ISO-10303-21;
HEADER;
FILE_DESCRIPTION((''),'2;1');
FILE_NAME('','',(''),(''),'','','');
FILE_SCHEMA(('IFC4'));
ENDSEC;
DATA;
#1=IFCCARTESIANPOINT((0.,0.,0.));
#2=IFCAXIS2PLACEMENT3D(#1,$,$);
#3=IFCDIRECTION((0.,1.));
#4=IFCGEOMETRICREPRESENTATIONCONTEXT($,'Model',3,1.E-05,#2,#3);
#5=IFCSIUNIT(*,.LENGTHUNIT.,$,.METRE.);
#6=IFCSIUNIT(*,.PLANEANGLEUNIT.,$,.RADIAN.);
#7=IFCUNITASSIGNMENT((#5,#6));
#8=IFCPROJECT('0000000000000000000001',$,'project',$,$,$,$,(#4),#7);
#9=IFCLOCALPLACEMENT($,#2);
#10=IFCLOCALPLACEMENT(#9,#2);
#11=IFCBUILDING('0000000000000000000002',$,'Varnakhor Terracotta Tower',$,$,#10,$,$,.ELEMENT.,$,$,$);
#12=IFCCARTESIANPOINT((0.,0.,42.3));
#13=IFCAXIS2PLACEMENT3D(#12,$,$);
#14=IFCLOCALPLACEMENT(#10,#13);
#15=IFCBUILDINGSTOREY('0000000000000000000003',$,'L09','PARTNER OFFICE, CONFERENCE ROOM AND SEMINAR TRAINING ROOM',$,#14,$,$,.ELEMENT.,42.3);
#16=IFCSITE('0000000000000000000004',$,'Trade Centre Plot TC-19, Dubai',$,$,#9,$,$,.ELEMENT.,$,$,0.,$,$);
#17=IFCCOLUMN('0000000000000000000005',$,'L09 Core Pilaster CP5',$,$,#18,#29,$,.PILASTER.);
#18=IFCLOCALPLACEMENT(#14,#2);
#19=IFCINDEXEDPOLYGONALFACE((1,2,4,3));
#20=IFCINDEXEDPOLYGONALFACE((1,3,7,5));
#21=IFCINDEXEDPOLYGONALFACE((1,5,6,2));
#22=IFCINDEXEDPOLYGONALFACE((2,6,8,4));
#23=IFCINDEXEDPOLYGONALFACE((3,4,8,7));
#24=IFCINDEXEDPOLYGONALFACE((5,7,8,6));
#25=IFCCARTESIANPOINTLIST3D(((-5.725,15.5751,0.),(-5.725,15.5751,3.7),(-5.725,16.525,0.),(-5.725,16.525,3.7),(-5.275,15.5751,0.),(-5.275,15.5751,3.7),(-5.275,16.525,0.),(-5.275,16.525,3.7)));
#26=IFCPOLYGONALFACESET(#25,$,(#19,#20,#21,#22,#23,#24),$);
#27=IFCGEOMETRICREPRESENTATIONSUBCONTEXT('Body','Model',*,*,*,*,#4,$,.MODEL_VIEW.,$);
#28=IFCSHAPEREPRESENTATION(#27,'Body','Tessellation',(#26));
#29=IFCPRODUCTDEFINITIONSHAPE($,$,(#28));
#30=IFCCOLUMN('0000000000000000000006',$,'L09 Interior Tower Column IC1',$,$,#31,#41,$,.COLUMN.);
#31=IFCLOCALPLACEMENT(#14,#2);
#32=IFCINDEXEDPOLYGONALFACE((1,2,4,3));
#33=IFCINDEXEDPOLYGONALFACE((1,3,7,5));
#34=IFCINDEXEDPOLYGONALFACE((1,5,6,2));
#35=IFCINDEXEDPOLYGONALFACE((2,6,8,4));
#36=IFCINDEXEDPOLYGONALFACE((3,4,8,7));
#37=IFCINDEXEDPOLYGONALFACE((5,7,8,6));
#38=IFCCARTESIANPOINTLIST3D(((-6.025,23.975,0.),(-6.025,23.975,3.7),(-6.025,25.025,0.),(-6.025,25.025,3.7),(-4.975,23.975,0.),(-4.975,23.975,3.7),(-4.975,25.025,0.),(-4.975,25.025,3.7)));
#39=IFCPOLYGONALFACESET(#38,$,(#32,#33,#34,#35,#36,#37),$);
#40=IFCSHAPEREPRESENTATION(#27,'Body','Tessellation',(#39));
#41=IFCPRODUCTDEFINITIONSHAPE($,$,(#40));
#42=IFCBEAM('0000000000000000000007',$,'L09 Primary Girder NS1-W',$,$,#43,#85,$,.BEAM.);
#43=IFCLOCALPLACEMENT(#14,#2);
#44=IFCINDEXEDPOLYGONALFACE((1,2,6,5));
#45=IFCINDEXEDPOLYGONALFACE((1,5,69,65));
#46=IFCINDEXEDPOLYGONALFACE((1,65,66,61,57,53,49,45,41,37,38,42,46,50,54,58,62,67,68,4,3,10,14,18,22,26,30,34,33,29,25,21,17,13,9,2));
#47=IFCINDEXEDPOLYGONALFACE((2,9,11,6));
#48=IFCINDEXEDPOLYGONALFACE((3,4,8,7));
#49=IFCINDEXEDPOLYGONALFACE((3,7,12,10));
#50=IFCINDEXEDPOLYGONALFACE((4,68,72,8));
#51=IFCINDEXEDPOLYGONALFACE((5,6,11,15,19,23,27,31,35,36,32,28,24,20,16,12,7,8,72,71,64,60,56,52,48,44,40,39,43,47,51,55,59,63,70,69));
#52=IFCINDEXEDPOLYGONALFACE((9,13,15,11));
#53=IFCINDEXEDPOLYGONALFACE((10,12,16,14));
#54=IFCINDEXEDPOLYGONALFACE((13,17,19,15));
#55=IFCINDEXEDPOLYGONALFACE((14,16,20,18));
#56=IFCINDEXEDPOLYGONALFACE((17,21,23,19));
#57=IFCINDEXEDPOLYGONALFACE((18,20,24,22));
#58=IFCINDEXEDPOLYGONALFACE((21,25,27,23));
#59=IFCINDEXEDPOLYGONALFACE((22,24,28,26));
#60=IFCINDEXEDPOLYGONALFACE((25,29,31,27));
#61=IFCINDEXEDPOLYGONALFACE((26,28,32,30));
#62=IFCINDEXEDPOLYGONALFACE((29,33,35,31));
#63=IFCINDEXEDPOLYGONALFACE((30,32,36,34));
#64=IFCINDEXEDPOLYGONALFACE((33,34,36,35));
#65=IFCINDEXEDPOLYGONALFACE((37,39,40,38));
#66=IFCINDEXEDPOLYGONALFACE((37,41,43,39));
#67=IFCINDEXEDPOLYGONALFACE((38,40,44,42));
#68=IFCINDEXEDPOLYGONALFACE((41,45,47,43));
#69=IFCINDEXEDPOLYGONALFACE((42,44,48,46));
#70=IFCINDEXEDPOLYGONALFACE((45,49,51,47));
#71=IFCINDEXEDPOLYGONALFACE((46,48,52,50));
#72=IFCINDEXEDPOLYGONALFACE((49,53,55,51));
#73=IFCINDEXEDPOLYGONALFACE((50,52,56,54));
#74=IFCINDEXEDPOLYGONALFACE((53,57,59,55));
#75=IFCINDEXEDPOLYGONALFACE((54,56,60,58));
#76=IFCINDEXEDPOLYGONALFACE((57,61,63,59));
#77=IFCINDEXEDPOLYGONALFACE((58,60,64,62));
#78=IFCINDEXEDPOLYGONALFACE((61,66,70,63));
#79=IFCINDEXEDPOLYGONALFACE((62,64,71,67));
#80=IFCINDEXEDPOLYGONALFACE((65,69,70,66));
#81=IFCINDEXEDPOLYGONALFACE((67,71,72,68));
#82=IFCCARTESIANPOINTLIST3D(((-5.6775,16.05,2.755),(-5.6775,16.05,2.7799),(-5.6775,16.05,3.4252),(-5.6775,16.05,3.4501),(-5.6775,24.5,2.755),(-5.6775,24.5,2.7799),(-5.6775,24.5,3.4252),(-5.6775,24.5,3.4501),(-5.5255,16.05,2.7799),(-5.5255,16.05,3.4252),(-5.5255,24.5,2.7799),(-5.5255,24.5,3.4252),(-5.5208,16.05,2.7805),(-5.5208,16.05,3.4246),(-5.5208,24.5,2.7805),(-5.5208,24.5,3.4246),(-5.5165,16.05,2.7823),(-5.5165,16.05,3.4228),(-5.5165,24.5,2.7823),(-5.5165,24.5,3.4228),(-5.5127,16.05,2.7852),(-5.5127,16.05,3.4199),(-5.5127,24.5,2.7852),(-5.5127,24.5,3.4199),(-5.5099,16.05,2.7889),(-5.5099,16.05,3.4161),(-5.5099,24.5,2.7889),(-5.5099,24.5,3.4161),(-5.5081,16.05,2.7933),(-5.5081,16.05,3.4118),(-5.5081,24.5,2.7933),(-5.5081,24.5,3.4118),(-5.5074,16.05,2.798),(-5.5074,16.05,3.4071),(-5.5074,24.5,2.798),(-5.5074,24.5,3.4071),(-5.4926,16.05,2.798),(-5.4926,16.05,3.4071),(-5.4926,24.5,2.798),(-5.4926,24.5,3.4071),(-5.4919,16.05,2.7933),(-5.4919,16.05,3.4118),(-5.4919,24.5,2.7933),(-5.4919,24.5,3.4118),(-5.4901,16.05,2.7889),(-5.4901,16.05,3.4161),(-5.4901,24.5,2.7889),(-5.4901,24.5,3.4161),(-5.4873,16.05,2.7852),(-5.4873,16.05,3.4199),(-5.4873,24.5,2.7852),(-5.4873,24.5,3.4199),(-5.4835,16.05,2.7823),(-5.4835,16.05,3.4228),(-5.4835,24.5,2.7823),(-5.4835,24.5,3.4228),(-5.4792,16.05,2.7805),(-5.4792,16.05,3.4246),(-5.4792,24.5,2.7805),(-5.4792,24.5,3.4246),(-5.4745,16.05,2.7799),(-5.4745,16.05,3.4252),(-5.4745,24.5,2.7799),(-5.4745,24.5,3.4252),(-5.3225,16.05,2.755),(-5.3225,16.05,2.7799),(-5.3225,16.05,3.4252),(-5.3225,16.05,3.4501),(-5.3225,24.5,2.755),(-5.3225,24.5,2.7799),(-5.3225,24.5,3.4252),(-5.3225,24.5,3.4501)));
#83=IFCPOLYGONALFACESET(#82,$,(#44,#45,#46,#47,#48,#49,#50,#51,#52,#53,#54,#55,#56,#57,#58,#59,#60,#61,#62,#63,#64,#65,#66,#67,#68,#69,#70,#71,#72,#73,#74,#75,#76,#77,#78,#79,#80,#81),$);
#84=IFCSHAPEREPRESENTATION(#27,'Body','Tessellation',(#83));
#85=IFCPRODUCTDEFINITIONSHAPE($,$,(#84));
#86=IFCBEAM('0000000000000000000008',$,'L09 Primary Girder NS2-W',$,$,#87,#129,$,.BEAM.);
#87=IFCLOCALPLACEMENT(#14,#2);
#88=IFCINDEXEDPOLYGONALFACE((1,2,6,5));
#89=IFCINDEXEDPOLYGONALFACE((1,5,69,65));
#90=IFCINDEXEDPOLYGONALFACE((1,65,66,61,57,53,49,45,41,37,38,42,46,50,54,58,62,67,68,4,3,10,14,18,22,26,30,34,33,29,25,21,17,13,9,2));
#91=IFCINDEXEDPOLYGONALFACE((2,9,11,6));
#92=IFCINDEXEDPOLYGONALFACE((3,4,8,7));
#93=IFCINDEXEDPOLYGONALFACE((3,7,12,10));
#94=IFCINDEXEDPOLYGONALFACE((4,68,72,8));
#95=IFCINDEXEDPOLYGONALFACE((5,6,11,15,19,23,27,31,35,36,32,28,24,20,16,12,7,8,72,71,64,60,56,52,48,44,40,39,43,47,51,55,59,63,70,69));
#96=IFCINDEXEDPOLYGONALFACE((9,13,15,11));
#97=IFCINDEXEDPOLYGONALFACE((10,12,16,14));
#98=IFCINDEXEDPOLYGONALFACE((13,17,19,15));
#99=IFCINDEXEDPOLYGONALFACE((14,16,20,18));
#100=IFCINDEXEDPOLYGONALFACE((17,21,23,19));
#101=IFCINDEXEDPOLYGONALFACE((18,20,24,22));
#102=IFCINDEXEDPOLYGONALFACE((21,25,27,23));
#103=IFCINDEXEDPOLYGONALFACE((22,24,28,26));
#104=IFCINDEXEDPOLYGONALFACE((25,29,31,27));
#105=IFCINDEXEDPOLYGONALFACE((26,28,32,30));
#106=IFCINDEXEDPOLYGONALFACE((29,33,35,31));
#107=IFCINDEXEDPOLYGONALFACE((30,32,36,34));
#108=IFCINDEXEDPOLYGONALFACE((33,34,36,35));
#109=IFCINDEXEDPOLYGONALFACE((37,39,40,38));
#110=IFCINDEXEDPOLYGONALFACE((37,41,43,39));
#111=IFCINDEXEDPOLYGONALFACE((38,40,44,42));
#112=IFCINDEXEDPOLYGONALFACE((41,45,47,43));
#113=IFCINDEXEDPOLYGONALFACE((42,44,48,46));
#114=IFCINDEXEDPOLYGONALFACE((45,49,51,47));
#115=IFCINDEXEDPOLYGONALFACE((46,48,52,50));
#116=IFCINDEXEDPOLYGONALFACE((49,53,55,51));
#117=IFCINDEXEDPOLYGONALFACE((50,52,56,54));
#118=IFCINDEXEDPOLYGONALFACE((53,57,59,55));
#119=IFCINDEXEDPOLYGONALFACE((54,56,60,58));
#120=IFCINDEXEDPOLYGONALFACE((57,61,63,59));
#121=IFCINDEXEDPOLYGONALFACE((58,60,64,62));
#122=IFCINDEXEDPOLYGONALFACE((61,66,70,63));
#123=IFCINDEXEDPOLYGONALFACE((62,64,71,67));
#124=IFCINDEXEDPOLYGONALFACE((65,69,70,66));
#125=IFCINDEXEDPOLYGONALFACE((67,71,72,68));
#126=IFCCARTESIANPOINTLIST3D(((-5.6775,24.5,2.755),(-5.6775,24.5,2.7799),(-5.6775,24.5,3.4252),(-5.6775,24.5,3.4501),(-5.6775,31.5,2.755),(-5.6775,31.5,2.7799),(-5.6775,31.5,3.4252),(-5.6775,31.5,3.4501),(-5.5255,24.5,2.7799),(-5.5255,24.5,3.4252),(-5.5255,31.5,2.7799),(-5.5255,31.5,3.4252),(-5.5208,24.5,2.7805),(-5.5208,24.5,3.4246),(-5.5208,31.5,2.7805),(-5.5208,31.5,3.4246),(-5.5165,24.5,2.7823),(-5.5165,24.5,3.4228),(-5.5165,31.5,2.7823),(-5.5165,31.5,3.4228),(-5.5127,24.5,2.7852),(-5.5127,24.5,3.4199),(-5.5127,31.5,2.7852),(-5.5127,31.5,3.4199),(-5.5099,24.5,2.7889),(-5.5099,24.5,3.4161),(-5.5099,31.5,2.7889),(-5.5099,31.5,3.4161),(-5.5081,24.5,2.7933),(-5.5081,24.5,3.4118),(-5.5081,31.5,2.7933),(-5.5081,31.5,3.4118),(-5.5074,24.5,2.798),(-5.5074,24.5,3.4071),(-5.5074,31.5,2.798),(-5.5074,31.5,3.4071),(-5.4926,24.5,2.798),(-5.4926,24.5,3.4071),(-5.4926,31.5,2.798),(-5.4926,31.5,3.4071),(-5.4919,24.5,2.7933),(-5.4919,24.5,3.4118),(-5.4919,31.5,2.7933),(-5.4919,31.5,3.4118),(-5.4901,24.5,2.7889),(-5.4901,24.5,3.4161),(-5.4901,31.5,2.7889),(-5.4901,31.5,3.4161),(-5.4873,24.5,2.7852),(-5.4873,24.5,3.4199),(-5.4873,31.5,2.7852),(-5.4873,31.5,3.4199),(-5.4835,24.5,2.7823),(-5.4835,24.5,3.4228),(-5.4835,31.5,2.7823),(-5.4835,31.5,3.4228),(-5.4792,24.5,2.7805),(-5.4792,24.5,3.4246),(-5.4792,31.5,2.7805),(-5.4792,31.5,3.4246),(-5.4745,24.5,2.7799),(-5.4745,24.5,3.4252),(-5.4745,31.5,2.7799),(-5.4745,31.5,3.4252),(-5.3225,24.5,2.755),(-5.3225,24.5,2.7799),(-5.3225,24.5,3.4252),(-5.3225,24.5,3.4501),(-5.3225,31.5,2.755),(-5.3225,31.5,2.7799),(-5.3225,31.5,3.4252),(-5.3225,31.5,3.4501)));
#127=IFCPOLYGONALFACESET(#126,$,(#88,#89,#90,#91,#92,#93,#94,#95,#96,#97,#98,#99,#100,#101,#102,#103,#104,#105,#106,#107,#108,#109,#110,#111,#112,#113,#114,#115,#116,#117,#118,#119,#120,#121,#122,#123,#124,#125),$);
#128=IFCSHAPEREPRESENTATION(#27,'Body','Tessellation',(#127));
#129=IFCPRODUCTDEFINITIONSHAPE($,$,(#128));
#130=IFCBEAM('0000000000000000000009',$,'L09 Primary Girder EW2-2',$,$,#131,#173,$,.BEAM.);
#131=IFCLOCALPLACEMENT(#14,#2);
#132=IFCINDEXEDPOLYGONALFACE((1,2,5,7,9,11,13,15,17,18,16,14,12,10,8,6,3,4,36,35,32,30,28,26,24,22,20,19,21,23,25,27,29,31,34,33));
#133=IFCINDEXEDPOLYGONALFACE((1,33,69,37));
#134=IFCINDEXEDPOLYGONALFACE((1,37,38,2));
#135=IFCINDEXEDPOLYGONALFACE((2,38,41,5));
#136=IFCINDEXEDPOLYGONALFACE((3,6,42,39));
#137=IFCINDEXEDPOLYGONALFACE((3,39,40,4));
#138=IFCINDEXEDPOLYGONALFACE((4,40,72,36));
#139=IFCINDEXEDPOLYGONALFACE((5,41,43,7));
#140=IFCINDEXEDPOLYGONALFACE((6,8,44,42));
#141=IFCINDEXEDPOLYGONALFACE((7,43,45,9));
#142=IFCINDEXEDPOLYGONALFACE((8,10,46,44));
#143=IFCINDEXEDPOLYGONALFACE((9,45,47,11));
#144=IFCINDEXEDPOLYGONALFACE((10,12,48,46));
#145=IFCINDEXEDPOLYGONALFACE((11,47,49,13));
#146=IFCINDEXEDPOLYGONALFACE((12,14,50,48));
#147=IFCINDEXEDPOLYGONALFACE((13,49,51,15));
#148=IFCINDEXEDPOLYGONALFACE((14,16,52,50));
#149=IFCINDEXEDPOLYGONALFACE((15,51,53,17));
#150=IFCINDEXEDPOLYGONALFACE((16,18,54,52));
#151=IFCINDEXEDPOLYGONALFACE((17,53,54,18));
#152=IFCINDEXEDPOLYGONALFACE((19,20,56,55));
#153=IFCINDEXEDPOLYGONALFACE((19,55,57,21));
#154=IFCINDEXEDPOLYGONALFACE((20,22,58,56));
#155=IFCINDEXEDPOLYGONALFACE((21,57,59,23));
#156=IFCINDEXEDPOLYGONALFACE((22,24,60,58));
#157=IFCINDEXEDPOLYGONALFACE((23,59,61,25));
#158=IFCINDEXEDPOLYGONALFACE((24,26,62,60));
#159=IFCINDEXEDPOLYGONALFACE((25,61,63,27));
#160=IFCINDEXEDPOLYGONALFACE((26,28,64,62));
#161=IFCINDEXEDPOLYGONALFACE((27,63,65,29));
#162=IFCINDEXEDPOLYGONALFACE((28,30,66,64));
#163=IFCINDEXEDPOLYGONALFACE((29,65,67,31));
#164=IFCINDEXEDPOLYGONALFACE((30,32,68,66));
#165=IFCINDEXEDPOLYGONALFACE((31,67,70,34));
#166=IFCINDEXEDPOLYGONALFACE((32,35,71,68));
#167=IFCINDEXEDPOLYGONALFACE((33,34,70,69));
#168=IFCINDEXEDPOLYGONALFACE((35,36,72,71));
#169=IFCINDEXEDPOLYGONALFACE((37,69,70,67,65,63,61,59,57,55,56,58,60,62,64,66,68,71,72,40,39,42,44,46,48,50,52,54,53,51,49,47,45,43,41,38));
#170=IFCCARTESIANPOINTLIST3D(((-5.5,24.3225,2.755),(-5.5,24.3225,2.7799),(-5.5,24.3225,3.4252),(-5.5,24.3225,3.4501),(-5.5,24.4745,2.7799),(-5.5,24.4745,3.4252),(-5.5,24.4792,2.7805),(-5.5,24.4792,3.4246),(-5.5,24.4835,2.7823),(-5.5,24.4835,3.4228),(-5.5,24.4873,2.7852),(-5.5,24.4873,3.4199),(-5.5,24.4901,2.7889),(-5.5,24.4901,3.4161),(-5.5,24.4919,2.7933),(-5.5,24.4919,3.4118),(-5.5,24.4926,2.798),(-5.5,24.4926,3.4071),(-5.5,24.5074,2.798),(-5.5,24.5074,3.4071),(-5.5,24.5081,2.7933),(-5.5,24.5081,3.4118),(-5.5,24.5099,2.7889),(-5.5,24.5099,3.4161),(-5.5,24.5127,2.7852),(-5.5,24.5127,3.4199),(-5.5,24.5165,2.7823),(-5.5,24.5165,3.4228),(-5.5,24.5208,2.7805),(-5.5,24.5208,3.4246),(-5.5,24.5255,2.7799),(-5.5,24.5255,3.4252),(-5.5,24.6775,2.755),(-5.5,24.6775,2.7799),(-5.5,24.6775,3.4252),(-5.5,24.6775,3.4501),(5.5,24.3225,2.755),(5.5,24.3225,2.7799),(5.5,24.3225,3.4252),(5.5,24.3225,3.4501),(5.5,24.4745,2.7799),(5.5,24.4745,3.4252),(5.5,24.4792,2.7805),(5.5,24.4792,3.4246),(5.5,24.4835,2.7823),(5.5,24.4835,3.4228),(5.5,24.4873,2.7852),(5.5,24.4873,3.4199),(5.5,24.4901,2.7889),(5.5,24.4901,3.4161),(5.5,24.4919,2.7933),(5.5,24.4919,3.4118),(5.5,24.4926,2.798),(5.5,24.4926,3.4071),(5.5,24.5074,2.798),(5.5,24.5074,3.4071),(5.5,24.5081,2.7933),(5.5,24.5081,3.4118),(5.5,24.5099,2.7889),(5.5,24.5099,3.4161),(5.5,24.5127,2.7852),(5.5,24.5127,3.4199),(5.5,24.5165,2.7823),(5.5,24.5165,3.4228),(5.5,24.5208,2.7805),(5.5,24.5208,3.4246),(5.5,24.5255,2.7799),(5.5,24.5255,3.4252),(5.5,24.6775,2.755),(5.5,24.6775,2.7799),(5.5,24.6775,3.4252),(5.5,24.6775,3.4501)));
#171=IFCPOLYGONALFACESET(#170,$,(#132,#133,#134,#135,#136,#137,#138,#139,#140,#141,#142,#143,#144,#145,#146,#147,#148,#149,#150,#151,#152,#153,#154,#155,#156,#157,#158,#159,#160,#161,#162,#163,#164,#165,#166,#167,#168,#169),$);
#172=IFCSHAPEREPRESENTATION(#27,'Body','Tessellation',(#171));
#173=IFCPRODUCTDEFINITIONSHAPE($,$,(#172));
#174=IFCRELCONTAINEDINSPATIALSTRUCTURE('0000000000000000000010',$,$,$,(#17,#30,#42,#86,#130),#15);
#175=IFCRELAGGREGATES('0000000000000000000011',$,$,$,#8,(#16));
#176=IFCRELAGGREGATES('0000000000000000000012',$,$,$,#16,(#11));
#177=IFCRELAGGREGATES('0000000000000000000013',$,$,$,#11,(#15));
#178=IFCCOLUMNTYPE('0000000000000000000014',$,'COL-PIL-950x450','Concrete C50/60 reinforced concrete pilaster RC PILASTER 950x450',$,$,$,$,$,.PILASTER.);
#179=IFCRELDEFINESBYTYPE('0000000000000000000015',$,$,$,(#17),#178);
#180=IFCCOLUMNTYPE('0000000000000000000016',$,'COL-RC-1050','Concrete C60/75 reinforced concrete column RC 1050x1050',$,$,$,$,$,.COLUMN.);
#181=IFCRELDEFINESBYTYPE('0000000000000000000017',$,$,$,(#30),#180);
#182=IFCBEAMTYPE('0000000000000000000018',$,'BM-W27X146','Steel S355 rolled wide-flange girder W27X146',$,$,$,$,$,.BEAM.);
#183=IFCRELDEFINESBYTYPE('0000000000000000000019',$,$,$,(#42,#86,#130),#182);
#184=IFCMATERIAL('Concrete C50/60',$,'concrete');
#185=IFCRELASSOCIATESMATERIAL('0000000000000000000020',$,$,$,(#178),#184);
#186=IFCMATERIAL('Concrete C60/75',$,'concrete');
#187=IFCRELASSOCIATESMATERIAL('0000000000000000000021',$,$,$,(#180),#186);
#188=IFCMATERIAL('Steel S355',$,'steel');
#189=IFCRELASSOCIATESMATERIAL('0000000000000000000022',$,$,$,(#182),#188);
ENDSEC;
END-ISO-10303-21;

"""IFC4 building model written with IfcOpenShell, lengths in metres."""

from ifc_helpers import new_model, si_unit, direction, frame, origin, origin_2d, place, context, subcontext, project, spatial, rectangle, i_section, extrude, source, transform, mapped, material, material_profile, profile_set, type_object, type_shapes, element, save


model = new_model("IFC4")

# Units and contexts
model_context = context("Model", 3, precision=1e-05, world=origin(), true_north=direction((0.0, 1.0)))
body_context = subcontext(model_context, "Body", "Model", "MODEL_VIEW")
ifc_project = project(units=[si_unit("LENGTHUNIT", "METRE"), si_unit("PLANEANGLEUNIT", "RADIAN")], contexts=[model_context])

# Site, building, storey
site_placement = place(None, origin())
site = spatial("IfcSite", under=ifc_project, at=site_placement, Name="Trade Centre Plot TC-19, Dubai", CompositionType="ELEMENT", RefElevation=0.0)
building_placement = place(site_placement, origin())
building = spatial("IfcBuilding", under=site, at=building_placement, Name="Varnakhor Terracotta Tower", CompositionType="ELEMENT")
storey_placement = place(building_placement, frame((0.0, 0.0, 42.3)))
storey = spatial("IfcBuildingStorey", under=building, at=storey_placement, Name="L09", Description="PARTNER OFFICE, CONFERENCE ROOM AND SEMINAR TRAINING ROOM", CompositionType="ELEMENT", Elevation=42.3)

# Columns
ifc_material_1 = material(Name="Concrete C50/60", Category="concrete")
ifc_material_profile_1 = material_profile(ifc_material_1, rectangle(XDim=0.45, YDim=0.95, at=origin_2d()), Name="RC PILASTER 950x450")
ifc_profile_set_1 = profile_set([ifc_material_profile_1], Name="Concrete C50/60")
column_type_1 = type_object("IfcColumnType", Name="COL-PIL-950x450", Description="Concrete C50/60 reinforced concrete pilaster RC PILASTER 950x450", PredefinedType="PILASTER", material=ifc_profile_set_1)
shared_shape_1 = source(origin(), body_context, "Body", "SweptSolid", [
    extrude(rectangle(XDim=0.45, YDim=0.95, at=origin_2d()), origin(), (0.0, 0.0, 1.0), 3.7),
])
column_1_placement = place(storey_placement, frame((-5.5, 16.05, 0.0), z_axis=(0.0, 0.0, 1.0), x_axis=(1.0, 0.0, 0.0)))
element("IfcColumn", 1, at=column_1_placement, inside=storey, type_object=column_type_1, Name="L09 Core Pilaster CP5", PredefinedType="PILASTER", context=body_context, shape_type="MappedRepresentation", body=[
    mapped(shared_shape_1, transform((0.0, 0.0, 0.0), scale=1.0)),
])
ifc_material_2 = material(Name="Concrete C60/75", Category="concrete")
ifc_material_profile_2 = material_profile(ifc_material_2, rectangle(XDim=1.05, YDim=1.05, at=origin_2d()), Name="RC 1050x1050")
ifc_profile_set_2 = profile_set([ifc_material_profile_2], Name="Concrete C60/75")
column_type_2 = type_object("IfcColumnType", Name="COL-RC-1050", Description="Concrete C60/75 reinforced concrete column RC 1050x1050", PredefinedType="COLUMN", material=ifc_profile_set_2)
shared_shape_2 = source(origin(), body_context, "Body", "SweptSolid", [
    extrude(rectangle(XDim=1.05, YDim=1.05, at=origin_2d()), origin(), (0.0, 0.0, 1.0), 3.7),
])
column_2_placement = place(storey_placement, frame((-5.5, 24.5, 0.0), z_axis=(0.0, 0.0, 1.0), x_axis=(1.0, 0.0, 0.0)))
element("IfcColumn", 2, at=column_2_placement, inside=storey, type_object=column_type_2, Name="L09 Interior Tower Column IC1", PredefinedType="COLUMN", context=body_context, shape_type="MappedRepresentation", body=[
    mapped(shared_shape_2, transform((0.0, 0.0, 0.0), scale=1.0)),
])

# Beams
ifc_material_3 = material(Name="Steel S355", Category="steel")
ifc_material_profile_3 = material_profile(ifc_material_3, i_section(OverallWidth=0.355, OverallDepth=0.6951, WebThickness=0.0149, FlangeThickness=0.0249, FilletRadius=0.0181, at=origin_2d()), Name="W27X146")
ifc_profile_set_3 = profile_set([ifc_material_profile_3], Name="Steel S355")
beam_type_1 = type_object("IfcBeamType", Name="BM-W27X146", Description="Steel S355 rolled wide-flange girder W27X146", PredefinedType="BEAM", material=ifc_profile_set_3)
shared_shape_3 = source(origin(), body_context, "Body", "SweptSolid", [
    extrude(i_section(OverallWidth=0.355, OverallDepth=0.6951, WebThickness=0.0149, FlangeThickness=0.0249, FilletRadius=0.0181, at=origin_2d()), origin(), (0.0, 0.0, 1.0), 8.45),
])
type_shapes(beam_type_1, [shared_shape_3])
beam_1_placement = place(storey_placement, frame((-5.5, 16.05, 3.1025), z_axis=(0.0, 1.0, 0.0), x_axis=(-1.0, 0.0, 0.0)))
element("IfcBeam", 3, at=beam_1_placement, inside=storey, type_object=beam_type_1, Name="L09 Primary Girder NS1-W", PredefinedType="BEAM", context=body_context, shape_type="MappedRepresentation", body=[
    mapped(shared_shape_3, transform((0.0, 0.0, 0.0), scale=1.0)),
])
shared_shape_4 = source(origin(), body_context, "Body", "SweptSolid", [
    extrude(i_section(OverallWidth=0.355, OverallDepth=0.6951, WebThickness=0.0149, FlangeThickness=0.0249, FilletRadius=0.0181, at=origin_2d()), origin(), (0.0, 0.0, 1.0), 7.0),
])
beam_2_placement = place(storey_placement, frame((-5.5, 24.5, 3.1025), z_axis=(0.0, 1.0, 0.0), x_axis=(-1.0, 0.0, 0.0)))
element("IfcBeam", 4, at=beam_2_placement, inside=storey, type_object=beam_type_1, Name="L09 Primary Girder NS2-W", PredefinedType="BEAM", context=body_context, shape_type="MappedRepresentation", body=[
    mapped(shared_shape_4, transform((0.0, 0.0, 0.0), scale=1.0)),
])
shared_shape_5 = source(origin(), body_context, "Body", "SweptSolid", [
    extrude(i_section(OverallWidth=0.355, OverallDepth=0.6951, WebThickness=0.0149, FlangeThickness=0.0249, FilletRadius=0.0181, at=origin_2d()), origin(), (0.0, 0.0, 1.0), 11.0),
])
beam_3_placement = place(storey_placement, frame((-5.5, 24.5, 3.1025), z_axis=(1.0, 0.0, 0.0), x_axis=(0.0, 1.0, 0.0)))
element("IfcBeam", 5, at=beam_3_placement, inside=storey, type_object=beam_type_1, Name="L09 Primary Girder EW2-2", PredefinedType="BEAM", context=body_context, shape_type="MappedRepresentation", body=[
    mapped(shared_shape_5, transform((0.0, 0.0, 0.0), scale=1.0)),
])

save(model, "model.ifc")
